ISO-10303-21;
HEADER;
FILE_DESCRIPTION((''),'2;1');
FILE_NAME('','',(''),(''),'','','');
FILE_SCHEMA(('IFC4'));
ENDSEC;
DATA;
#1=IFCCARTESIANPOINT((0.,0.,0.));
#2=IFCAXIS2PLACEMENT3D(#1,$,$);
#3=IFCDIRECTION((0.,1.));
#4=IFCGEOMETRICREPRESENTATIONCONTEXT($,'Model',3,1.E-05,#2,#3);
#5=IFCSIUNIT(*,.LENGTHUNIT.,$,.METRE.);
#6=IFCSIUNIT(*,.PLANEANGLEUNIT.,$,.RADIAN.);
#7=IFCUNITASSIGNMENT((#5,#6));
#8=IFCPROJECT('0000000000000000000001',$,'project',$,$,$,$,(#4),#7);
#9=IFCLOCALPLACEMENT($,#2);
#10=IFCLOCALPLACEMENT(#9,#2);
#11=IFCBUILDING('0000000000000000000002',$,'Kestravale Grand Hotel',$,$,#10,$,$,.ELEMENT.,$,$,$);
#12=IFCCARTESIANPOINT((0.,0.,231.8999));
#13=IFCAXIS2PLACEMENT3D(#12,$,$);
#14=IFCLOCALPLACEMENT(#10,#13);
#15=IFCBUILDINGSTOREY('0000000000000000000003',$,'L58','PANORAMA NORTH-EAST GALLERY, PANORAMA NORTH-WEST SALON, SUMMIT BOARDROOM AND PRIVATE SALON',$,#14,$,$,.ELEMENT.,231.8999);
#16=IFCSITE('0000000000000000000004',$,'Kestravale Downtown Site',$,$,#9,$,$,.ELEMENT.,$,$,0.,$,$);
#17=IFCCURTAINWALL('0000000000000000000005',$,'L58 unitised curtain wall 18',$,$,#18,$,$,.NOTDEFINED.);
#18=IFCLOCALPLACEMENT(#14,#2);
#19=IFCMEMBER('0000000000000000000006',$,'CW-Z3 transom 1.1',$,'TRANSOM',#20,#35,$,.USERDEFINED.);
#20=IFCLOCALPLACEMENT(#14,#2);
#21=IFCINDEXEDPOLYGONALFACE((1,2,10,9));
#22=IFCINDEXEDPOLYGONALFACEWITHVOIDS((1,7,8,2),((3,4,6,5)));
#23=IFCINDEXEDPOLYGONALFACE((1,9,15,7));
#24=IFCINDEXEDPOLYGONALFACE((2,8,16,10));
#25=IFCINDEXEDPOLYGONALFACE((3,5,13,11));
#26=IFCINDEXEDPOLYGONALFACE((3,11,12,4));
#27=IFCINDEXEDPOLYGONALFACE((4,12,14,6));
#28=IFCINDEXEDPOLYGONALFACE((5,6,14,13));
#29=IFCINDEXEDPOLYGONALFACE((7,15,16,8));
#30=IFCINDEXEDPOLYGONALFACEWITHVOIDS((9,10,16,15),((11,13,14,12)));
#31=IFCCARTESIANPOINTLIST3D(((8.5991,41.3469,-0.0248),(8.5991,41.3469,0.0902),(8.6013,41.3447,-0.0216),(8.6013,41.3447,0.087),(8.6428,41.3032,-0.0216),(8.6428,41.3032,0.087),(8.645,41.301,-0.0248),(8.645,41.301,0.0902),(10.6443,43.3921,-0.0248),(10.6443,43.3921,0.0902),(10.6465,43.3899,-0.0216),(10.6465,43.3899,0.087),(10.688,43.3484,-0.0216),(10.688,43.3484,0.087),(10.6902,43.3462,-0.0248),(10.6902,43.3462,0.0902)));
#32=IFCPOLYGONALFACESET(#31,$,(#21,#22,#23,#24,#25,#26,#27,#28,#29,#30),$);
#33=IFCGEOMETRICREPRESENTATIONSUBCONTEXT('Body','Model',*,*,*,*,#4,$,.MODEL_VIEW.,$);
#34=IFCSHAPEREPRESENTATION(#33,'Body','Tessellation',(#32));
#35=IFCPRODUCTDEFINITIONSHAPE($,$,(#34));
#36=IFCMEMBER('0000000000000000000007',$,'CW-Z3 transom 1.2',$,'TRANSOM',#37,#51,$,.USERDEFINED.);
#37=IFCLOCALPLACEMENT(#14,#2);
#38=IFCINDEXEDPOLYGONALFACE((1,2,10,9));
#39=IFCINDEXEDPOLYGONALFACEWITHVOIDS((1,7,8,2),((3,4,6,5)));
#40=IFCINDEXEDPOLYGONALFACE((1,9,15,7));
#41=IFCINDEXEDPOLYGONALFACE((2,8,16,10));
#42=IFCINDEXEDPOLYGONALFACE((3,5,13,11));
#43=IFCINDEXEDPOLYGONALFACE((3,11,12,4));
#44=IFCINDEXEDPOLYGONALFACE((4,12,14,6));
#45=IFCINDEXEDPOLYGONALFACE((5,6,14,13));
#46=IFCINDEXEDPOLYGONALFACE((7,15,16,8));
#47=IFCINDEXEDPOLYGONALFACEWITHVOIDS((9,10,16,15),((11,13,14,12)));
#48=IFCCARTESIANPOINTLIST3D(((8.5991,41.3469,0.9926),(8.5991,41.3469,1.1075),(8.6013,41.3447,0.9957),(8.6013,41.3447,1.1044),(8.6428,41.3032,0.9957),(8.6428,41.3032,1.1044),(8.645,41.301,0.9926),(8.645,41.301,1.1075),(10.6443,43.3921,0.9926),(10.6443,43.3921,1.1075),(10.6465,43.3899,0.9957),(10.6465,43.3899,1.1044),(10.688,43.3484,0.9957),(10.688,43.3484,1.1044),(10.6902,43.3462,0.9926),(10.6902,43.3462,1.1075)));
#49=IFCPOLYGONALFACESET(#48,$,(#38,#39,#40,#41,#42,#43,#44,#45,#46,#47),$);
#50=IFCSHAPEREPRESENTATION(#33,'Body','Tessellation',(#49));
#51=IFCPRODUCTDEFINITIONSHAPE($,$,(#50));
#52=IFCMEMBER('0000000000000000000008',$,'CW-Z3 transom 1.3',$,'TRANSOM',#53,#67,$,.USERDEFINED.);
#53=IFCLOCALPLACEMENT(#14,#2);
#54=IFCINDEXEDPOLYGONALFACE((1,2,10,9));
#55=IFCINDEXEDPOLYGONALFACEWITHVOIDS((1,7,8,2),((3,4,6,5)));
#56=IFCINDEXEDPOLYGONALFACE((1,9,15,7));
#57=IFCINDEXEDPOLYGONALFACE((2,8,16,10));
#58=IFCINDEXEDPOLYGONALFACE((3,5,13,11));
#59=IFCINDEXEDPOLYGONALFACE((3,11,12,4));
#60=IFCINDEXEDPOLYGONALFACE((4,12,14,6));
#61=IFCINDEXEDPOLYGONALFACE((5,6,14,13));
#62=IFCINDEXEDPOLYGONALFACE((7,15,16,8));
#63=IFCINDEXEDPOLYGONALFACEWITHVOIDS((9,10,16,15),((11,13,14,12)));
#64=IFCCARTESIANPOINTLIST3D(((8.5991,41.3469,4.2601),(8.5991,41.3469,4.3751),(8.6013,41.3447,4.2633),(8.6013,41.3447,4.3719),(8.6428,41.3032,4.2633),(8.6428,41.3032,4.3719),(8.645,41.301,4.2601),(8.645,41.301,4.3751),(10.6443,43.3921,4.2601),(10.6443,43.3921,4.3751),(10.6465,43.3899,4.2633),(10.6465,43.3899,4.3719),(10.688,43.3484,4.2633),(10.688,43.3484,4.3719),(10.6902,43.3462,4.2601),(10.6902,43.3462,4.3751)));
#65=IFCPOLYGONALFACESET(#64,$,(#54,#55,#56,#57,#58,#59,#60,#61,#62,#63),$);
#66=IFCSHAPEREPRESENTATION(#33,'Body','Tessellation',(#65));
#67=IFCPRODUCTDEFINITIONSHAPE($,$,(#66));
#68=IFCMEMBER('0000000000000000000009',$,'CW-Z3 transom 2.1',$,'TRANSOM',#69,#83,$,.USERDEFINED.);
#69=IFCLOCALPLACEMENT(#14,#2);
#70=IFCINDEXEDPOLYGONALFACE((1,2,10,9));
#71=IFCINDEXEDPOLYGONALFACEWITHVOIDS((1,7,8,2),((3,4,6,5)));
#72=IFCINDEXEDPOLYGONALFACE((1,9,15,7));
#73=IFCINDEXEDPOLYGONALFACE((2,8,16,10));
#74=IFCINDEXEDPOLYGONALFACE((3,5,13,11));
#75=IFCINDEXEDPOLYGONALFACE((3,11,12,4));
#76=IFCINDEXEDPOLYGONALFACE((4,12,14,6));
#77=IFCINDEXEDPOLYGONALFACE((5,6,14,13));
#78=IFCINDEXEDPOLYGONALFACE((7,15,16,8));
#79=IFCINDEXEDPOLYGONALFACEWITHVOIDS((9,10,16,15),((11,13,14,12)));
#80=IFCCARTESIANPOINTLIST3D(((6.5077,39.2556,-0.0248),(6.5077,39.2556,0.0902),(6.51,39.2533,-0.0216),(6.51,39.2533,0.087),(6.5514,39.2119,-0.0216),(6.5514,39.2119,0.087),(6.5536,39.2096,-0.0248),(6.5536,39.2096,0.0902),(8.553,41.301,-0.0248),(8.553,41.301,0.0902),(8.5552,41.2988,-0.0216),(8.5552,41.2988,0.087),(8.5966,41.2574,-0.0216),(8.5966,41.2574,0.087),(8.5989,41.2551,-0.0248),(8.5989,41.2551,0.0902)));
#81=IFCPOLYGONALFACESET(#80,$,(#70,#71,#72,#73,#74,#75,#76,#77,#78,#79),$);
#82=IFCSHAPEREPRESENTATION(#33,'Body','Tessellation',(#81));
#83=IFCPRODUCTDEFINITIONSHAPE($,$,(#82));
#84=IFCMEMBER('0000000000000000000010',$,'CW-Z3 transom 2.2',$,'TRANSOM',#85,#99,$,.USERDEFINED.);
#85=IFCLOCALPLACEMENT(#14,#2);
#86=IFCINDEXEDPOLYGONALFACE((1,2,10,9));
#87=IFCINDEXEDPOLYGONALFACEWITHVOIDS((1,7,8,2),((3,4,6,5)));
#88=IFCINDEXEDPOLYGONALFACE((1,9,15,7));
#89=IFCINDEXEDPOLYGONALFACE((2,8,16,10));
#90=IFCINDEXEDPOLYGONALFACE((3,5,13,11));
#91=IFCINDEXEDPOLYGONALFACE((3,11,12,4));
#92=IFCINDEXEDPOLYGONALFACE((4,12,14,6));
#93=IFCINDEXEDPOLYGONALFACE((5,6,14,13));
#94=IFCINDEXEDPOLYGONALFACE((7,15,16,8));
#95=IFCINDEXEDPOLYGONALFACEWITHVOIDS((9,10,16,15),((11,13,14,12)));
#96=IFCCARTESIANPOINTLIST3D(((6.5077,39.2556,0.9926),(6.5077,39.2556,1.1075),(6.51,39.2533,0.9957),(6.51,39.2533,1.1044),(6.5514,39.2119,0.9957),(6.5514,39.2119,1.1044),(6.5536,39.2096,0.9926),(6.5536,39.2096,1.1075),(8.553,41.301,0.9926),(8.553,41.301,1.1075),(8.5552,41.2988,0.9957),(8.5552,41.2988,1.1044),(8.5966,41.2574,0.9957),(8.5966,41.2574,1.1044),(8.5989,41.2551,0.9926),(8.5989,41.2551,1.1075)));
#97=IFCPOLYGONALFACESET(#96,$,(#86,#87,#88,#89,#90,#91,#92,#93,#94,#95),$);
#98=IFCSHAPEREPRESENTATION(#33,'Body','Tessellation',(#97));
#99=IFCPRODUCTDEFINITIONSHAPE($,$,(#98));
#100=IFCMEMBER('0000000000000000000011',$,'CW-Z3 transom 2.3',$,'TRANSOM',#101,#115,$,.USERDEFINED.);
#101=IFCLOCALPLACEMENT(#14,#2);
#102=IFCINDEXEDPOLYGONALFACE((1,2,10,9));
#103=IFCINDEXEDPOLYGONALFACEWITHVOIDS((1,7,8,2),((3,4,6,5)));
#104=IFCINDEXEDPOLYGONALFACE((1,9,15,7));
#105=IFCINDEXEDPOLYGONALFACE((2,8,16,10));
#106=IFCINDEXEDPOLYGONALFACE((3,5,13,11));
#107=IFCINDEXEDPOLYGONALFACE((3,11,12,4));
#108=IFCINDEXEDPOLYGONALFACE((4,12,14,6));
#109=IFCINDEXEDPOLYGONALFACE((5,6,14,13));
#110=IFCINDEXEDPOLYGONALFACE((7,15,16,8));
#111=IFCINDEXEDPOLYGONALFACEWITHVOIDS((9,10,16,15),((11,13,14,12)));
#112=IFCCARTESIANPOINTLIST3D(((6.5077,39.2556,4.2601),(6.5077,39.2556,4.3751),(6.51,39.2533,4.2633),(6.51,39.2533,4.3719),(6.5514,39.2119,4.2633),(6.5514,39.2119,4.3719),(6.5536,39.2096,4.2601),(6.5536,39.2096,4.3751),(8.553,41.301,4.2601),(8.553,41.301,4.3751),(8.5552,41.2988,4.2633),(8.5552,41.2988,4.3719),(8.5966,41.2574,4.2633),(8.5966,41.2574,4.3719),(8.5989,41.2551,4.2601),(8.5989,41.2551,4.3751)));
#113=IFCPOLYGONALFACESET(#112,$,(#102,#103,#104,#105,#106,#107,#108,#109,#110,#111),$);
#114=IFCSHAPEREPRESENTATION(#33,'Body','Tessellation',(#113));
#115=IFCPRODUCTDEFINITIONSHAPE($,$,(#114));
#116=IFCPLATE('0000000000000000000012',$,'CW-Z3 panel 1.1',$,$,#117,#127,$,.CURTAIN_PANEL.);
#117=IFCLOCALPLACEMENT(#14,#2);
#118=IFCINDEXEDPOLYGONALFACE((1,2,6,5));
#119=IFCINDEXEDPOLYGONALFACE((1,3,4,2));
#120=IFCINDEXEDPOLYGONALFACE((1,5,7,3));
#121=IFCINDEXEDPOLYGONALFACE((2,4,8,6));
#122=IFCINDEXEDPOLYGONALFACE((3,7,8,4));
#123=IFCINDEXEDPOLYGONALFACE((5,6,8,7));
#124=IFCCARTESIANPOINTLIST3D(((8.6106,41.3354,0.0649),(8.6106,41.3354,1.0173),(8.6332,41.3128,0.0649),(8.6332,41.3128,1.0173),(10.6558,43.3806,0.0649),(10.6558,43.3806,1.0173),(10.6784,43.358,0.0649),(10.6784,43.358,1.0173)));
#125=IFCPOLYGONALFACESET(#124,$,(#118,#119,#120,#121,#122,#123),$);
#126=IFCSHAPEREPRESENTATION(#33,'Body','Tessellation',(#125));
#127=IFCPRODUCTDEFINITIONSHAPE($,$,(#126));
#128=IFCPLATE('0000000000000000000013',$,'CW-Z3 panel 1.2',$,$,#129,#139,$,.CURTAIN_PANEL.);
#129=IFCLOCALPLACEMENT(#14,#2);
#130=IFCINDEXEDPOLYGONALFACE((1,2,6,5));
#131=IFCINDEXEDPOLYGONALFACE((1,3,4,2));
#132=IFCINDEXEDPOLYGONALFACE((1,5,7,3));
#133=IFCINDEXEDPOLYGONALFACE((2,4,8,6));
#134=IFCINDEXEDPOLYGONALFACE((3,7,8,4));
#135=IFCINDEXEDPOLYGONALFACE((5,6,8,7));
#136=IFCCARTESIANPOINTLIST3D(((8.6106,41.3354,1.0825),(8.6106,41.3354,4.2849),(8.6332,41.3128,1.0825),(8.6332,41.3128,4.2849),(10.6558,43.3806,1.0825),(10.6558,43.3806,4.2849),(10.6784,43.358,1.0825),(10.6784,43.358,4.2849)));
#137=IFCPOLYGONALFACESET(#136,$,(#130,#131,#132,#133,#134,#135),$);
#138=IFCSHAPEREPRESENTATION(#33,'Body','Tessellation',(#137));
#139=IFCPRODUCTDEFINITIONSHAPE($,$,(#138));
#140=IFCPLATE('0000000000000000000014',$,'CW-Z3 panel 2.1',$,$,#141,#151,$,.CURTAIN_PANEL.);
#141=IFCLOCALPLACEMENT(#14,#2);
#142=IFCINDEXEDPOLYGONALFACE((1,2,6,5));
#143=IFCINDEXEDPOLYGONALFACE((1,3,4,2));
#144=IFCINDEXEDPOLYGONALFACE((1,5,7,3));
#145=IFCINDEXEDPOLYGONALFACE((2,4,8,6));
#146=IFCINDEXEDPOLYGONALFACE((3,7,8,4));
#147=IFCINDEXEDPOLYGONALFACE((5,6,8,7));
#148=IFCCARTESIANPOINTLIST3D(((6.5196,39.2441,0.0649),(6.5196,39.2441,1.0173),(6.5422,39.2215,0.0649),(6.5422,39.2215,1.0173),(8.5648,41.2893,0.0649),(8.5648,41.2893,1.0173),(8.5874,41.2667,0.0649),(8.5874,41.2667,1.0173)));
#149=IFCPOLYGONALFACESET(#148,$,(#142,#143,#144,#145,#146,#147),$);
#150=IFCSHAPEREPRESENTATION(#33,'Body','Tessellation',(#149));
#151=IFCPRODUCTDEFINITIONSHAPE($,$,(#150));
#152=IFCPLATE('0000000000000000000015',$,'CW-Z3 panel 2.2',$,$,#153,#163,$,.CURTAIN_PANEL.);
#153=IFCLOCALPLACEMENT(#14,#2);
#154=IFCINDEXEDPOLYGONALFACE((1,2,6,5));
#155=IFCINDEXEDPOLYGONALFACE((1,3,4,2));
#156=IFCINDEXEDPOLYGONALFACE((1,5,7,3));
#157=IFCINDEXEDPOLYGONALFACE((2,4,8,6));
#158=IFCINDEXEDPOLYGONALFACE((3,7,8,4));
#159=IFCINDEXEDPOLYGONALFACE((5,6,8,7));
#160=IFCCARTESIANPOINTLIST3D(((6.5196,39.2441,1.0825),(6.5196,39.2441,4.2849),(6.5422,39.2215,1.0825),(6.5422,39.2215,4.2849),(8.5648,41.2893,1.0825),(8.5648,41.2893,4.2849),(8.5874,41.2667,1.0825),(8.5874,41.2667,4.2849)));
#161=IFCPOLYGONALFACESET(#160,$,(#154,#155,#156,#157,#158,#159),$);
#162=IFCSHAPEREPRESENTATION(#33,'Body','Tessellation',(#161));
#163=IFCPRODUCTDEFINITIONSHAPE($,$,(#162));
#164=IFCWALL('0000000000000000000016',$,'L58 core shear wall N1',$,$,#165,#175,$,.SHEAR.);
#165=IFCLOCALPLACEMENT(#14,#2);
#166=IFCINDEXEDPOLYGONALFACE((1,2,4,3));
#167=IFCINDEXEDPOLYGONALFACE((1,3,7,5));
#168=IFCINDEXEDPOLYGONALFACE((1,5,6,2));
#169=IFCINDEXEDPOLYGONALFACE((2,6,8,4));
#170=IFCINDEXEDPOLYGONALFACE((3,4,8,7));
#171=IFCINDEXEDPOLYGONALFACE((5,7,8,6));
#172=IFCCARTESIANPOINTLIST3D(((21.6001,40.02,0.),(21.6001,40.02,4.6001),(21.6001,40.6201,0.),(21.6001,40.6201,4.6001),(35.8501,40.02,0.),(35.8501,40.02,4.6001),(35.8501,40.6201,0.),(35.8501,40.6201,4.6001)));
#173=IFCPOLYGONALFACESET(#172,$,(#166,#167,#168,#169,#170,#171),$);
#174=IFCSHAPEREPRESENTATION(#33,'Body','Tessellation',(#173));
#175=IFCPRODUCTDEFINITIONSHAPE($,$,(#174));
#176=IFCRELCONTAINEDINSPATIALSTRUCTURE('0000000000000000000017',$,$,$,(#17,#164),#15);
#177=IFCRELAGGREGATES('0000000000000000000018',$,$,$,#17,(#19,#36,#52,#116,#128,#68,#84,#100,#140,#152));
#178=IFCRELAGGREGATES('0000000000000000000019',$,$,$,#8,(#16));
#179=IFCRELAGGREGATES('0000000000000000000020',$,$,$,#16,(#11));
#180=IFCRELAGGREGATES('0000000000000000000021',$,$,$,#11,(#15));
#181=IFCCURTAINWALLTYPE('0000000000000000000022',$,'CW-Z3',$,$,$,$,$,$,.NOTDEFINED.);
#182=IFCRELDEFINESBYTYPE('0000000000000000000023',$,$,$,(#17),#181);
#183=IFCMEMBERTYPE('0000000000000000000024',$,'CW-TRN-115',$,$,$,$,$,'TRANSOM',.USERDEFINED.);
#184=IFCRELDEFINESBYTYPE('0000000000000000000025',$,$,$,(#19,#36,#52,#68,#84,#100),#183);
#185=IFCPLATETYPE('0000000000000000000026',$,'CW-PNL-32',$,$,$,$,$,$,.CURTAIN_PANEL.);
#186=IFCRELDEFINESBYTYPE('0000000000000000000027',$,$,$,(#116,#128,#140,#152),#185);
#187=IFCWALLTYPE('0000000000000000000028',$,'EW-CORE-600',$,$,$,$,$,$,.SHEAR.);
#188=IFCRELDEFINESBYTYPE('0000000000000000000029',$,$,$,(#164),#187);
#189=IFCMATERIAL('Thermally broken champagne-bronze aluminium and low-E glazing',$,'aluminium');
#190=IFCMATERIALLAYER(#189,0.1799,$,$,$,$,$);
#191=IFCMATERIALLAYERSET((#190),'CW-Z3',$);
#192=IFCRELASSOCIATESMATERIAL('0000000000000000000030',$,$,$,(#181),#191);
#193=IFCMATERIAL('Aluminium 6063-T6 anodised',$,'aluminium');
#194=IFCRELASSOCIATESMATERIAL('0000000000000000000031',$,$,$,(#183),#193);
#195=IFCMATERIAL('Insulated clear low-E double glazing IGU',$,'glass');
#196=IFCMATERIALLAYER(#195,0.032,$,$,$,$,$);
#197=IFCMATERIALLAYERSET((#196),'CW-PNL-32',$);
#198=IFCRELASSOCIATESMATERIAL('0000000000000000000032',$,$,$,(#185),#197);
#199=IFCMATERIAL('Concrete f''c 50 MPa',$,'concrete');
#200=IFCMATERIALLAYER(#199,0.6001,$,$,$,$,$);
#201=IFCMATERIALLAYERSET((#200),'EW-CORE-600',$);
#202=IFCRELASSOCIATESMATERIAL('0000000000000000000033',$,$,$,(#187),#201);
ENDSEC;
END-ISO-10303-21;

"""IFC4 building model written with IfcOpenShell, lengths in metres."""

from ifc_helpers import new_model, si_unit, direction, frame, frame_2d, origin, origin_2d, place, context, subcontext, project, spatial, rectangle, hollow_rectangle, extrude, material, layer, layer_set, material_profile, profile_set, type_object, element, aggregate, save


model = new_model("IFC4")

# Units and contexts
model_context = context("Model", 3, precision=1e-05, world=origin(), true_north=direction((0.0, 1.0)))
body_context = subcontext(model_context, "Body", "Model", "MODEL_VIEW")
ifc_project = project(units=[si_unit("LENGTHUNIT", "METRE"), si_unit("PLANEANGLEUNIT", "RADIAN")], contexts=[model_context])

# Site, building, storey
site_placement = place(None, origin())
site = spatial("IfcSite", under=ifc_project, at=site_placement, Name="Kestravale Downtown Site", CompositionType="ELEMENT", RefElevation=0.0)
building_placement = place(site_placement, origin())
building = spatial("IfcBuilding", under=site, at=building_placement, Name="Kestravale Grand Hotel", CompositionType="ELEMENT")
storey_placement = place(building_placement, frame((0.0, 0.0, 231.8999)))
storey = spatial("IfcBuildingStorey", under=building, at=storey_placement, Name="L58", Description="PANORAMA NORTH-EAST GALLERY, PANORAMA NORTH-WEST SALON, SUMMIT BOARDROOM AND PRIVATE SALON", CompositionType="ELEMENT", Elevation=231.8999)

# Curtain wall, members, plates
ifc_material_1 = material(Name="Thermally broken champagne-bronze aluminium and low-E glazing", Category="aluminium")
ifc_layer_1 = layer(ifc_material_1, 0.1799)
ifc_layer_set_1 = layer_set([ifc_layer_1], Name="CW-Z3")
curtain_wall_type = type_object("IfcCurtainWallType", Name="CW-Z3", PredefinedType="NOTDEFINED", material=ifc_layer_set_1)
curtain_wall_placement = place(storey_placement, origin())
curtain_wall = element("IfcCurtainWall", 1, at=curtain_wall_placement, inside=storey, type_object=curtain_wall_type, Name="L58 unitised curtain wall 18", PredefinedType="NOTDEFINED")
ifc_material_2 = material(Name="Aluminium 6063-T6 anodised", Category="aluminium")
ifc_material_profile_1 = material_profile(ifc_material_2, hollow_rectangle(XDim=0.0649, YDim=0.115, WallThickness=0.0032, at=origin_2d()))
ifc_profile_set_1 = profile_set([ifc_material_profile_1], Name="Aluminium 6063-T6 anodised")
member_type_1 = type_object("IfcMemberType", Name="CW-TRN-115", ElementType="TRANSOM", PredefinedType="USERDEFINED", material=ifc_profile_set_1)
member_1_placement = place(storey_placement, frame((10.6672, 43.3691, 0.0327), z_axis=(-0.707107, -0.707107, 0.0), x_axis=(0.707107, -0.707107, 0.0)))
member_1 = element("IfcMember", 2, at=member_1_placement, type_object=member_type_1, Name="CW-Z3 transom 1.1", ObjectType="TRANSOM", PredefinedType="USERDEFINED", context=body_context, shape_type="SweptSolid", body=[
    extrude(hollow_rectangle(XDim=0.0649, YDim=0.115, WallThickness=0.0032, at=origin_2d()), origin(), (0.0, 0.0, 1.0), 2.8923),
])
member_2_placement = place(storey_placement, frame((10.6672, 43.3691, 1.05), z_axis=(-0.707107, -0.707107, 0.0), x_axis=(0.707107, -0.707107, 0.0)))
member_2 = element("IfcMember", 3, at=member_2_placement, type_object=member_type_1, Name="CW-Z3 transom 1.2", ObjectType="TRANSOM", PredefinedType="USERDEFINED", context=body_context, shape_type="SweptSolid", body=[
    extrude(hollow_rectangle(XDim=0.0649, YDim=0.115, WallThickness=0.0032, at=origin_2d()), origin(), (0.0, 0.0, 1.0), 2.8923),
])
member_3_placement = place(storey_placement, frame((10.6672, 43.3691, 4.3176), z_axis=(-0.707107, -0.707107, 0.0), x_axis=(0.707107, -0.707107, 0.0)))
member_3 = element("IfcMember", 4, at=member_3_placement, type_object=member_type_1, Name="CW-Z3 transom 1.3", ObjectType="TRANSOM", PredefinedType="USERDEFINED", context=body_context, shape_type="SweptSolid", body=[
    extrude(hollow_rectangle(XDim=0.0649, YDim=0.115, WallThickness=0.0032, at=origin_2d()), origin(), (0.0, 0.0, 1.0), 2.8923),
])
member_4_placement = place(storey_placement, frame((8.5759, 41.2781, 0.0327), z_axis=(-0.707065, -0.707149, 0.0), x_axis=(0.707149, -0.707065, 0.0)))
member_4 = element("IfcMember", 5, at=member_4_placement, type_object=member_type_1, Name="CW-Z3 transom 2.1", ObjectType="TRANSOM", PredefinedType="USERDEFINED", context=body_context, shape_type="SweptSolid", body=[
    extrude(hollow_rectangle(XDim=0.0649, YDim=0.115, WallThickness=0.0032, at=origin_2d()), origin(), (0.0, 0.0, 1.0), 2.8926),
])
member_5_placement = place(storey_placement, frame((8.5759, 41.2781, 1.05), z_axis=(-0.707065, -0.707149, 0.0), x_axis=(0.707149, -0.707065, 0.0)))
member_5 = element("IfcMember", 6, at=member_5_placement, type_object=member_type_1, Name="CW-Z3 transom 2.2", ObjectType="TRANSOM", PredefinedType="USERDEFINED", context=body_context, shape_type="SweptSolid", body=[
    extrude(hollow_rectangle(XDim=0.0649, YDim=0.115, WallThickness=0.0032, at=origin_2d()), origin(), (0.0, 0.0, 1.0), 2.8926),
])
member_6_placement = place(storey_placement, frame((8.5759, 41.2781, 4.3176), z_axis=(-0.707065, -0.707149, 0.0), x_axis=(0.707149, -0.707065, 0.0)))
member_6 = element("IfcMember", 7, at=member_6_placement, type_object=member_type_1, Name="CW-Z3 transom 2.3", ObjectType="TRANSOM", PredefinedType="USERDEFINED", context=body_context, shape_type="SweptSolid", body=[
    extrude(hollow_rectangle(XDim=0.0649, YDim=0.115, WallThickness=0.0032, at=origin_2d()), origin(), (0.0, 0.0, 1.0), 2.8926),
])
ifc_material_3 = material(Name="Insulated clear low-E double glazing IGU", Category="glass")
ifc_layer_2 = layer(ifc_material_3, 0.032)
ifc_layer_set_2 = layer_set([ifc_layer_2], Name="CW-PNL-32")
plate_type = type_object("IfcPlateType", Name="CW-PNL-32", PredefinedType="CURTAIN_PANEL", material=ifc_layer_set_2)
plate_1_placement = place(storey_placement, frame((9.6445, 42.3467, 0.0649), z_axis=(0.0, 0.0, 1.0), x_axis=(-0.707107, -0.707107, 0.0)))
plate_1 = element("IfcPlate", 8, at=plate_1_placement, type_object=plate_type, Name="CW-Z3 panel 1.1", PredefinedType="CURTAIN_PANEL", context=body_context, shape_type="SweptSolid", body=[
    extrude(rectangle(XDim=2.8923, YDim=0.032, at=origin_2d()), origin(), (0.0, 0.0, 1.0), 0.9524),
])
plate_2_placement = place(storey_placement, frame((9.6445, 42.3467, 1.0825), z_axis=(0.0, 0.0, 1.0), x_axis=(-0.707107, -0.707107, 0.0)))
plate_2 = element("IfcPlate", 9, at=plate_2_placement, type_object=plate_type, Name="CW-Z3 panel 1.2", PredefinedType="CURTAIN_PANEL", context=body_context, shape_type="SweptSolid", body=[
    extrude(rectangle(XDim=2.8923, YDim=0.032, at=origin_2d()), origin(), (0.0, 0.0, 1.0), 3.2024),
])
plate_3_placement = place(storey_placement, frame((7.5535, 40.2554, 0.0649), z_axis=(0.0, 0.0, 1.0), x_axis=(-0.707107, -0.707107, 0.0)))
plate_3 = element("IfcPlate", 10, at=plate_3_placement, type_object=plate_type, Name="CW-Z3 panel 2.1", PredefinedType="CURTAIN_PANEL", context=body_context, shape_type="SweptSolid", body=[
    extrude(rectangle(XDim=2.8923, YDim=0.032, at=origin_2d()), origin(), (0.0, 0.0, 1.0), 0.9524),
])
plate_4_placement = place(storey_placement, frame((7.5535, 40.2554, 1.0825), z_axis=(0.0, 0.0, 1.0), x_axis=(-0.707107, -0.707107, 0.0)))
plate_4 = element("IfcPlate", 11, at=plate_4_placement, type_object=plate_type, Name="CW-Z3 panel 2.2", PredefinedType="CURTAIN_PANEL", context=body_context, shape_type="SweptSolid", body=[
    extrude(rectangle(XDim=2.8923, YDim=0.032, at=origin_2d()), origin(), (0.0, 0.0, 1.0), 3.2024),
])
aggregate(curtain_wall, [member_1, member_2, member_3, plate_1, plate_2, member_4, member_5, member_6, plate_3, plate_4])

# Wall
ifc_material_4 = material(Name="Concrete f'c 50 MPa", Category="concrete")
ifc_layer_3 = layer(ifc_material_4, 0.6001)
ifc_layer_set_3 = layer_set([ifc_layer_3], Name="EW-CORE-600")
wall_type_1 = type_object("IfcWallType", Name="EW-CORE-600", PredefinedType="SHEAR", material=ifc_layer_set_3)
wall_1_placement = place(storey_placement, frame((21.6001, 40.3201, 0.0), z_axis=(0.0, 0.0, 1.0), x_axis=(1.0, 0.0, 0.0)))
element("IfcWall", 12, at=wall_1_placement, inside=storey, type_object=wall_type_1, Name="L58 core shear wall N1", PredefinedType="SHEAR", context=body_context, shape_type="SweptSolid", body=[
    extrude(rectangle(XDim=14.25, YDim=0.6001, at=frame_2d((7.125, 0.0))), origin(), (0.0, 0.0, 1.0), 4.6001),
])

save(model, "model.ifc")
